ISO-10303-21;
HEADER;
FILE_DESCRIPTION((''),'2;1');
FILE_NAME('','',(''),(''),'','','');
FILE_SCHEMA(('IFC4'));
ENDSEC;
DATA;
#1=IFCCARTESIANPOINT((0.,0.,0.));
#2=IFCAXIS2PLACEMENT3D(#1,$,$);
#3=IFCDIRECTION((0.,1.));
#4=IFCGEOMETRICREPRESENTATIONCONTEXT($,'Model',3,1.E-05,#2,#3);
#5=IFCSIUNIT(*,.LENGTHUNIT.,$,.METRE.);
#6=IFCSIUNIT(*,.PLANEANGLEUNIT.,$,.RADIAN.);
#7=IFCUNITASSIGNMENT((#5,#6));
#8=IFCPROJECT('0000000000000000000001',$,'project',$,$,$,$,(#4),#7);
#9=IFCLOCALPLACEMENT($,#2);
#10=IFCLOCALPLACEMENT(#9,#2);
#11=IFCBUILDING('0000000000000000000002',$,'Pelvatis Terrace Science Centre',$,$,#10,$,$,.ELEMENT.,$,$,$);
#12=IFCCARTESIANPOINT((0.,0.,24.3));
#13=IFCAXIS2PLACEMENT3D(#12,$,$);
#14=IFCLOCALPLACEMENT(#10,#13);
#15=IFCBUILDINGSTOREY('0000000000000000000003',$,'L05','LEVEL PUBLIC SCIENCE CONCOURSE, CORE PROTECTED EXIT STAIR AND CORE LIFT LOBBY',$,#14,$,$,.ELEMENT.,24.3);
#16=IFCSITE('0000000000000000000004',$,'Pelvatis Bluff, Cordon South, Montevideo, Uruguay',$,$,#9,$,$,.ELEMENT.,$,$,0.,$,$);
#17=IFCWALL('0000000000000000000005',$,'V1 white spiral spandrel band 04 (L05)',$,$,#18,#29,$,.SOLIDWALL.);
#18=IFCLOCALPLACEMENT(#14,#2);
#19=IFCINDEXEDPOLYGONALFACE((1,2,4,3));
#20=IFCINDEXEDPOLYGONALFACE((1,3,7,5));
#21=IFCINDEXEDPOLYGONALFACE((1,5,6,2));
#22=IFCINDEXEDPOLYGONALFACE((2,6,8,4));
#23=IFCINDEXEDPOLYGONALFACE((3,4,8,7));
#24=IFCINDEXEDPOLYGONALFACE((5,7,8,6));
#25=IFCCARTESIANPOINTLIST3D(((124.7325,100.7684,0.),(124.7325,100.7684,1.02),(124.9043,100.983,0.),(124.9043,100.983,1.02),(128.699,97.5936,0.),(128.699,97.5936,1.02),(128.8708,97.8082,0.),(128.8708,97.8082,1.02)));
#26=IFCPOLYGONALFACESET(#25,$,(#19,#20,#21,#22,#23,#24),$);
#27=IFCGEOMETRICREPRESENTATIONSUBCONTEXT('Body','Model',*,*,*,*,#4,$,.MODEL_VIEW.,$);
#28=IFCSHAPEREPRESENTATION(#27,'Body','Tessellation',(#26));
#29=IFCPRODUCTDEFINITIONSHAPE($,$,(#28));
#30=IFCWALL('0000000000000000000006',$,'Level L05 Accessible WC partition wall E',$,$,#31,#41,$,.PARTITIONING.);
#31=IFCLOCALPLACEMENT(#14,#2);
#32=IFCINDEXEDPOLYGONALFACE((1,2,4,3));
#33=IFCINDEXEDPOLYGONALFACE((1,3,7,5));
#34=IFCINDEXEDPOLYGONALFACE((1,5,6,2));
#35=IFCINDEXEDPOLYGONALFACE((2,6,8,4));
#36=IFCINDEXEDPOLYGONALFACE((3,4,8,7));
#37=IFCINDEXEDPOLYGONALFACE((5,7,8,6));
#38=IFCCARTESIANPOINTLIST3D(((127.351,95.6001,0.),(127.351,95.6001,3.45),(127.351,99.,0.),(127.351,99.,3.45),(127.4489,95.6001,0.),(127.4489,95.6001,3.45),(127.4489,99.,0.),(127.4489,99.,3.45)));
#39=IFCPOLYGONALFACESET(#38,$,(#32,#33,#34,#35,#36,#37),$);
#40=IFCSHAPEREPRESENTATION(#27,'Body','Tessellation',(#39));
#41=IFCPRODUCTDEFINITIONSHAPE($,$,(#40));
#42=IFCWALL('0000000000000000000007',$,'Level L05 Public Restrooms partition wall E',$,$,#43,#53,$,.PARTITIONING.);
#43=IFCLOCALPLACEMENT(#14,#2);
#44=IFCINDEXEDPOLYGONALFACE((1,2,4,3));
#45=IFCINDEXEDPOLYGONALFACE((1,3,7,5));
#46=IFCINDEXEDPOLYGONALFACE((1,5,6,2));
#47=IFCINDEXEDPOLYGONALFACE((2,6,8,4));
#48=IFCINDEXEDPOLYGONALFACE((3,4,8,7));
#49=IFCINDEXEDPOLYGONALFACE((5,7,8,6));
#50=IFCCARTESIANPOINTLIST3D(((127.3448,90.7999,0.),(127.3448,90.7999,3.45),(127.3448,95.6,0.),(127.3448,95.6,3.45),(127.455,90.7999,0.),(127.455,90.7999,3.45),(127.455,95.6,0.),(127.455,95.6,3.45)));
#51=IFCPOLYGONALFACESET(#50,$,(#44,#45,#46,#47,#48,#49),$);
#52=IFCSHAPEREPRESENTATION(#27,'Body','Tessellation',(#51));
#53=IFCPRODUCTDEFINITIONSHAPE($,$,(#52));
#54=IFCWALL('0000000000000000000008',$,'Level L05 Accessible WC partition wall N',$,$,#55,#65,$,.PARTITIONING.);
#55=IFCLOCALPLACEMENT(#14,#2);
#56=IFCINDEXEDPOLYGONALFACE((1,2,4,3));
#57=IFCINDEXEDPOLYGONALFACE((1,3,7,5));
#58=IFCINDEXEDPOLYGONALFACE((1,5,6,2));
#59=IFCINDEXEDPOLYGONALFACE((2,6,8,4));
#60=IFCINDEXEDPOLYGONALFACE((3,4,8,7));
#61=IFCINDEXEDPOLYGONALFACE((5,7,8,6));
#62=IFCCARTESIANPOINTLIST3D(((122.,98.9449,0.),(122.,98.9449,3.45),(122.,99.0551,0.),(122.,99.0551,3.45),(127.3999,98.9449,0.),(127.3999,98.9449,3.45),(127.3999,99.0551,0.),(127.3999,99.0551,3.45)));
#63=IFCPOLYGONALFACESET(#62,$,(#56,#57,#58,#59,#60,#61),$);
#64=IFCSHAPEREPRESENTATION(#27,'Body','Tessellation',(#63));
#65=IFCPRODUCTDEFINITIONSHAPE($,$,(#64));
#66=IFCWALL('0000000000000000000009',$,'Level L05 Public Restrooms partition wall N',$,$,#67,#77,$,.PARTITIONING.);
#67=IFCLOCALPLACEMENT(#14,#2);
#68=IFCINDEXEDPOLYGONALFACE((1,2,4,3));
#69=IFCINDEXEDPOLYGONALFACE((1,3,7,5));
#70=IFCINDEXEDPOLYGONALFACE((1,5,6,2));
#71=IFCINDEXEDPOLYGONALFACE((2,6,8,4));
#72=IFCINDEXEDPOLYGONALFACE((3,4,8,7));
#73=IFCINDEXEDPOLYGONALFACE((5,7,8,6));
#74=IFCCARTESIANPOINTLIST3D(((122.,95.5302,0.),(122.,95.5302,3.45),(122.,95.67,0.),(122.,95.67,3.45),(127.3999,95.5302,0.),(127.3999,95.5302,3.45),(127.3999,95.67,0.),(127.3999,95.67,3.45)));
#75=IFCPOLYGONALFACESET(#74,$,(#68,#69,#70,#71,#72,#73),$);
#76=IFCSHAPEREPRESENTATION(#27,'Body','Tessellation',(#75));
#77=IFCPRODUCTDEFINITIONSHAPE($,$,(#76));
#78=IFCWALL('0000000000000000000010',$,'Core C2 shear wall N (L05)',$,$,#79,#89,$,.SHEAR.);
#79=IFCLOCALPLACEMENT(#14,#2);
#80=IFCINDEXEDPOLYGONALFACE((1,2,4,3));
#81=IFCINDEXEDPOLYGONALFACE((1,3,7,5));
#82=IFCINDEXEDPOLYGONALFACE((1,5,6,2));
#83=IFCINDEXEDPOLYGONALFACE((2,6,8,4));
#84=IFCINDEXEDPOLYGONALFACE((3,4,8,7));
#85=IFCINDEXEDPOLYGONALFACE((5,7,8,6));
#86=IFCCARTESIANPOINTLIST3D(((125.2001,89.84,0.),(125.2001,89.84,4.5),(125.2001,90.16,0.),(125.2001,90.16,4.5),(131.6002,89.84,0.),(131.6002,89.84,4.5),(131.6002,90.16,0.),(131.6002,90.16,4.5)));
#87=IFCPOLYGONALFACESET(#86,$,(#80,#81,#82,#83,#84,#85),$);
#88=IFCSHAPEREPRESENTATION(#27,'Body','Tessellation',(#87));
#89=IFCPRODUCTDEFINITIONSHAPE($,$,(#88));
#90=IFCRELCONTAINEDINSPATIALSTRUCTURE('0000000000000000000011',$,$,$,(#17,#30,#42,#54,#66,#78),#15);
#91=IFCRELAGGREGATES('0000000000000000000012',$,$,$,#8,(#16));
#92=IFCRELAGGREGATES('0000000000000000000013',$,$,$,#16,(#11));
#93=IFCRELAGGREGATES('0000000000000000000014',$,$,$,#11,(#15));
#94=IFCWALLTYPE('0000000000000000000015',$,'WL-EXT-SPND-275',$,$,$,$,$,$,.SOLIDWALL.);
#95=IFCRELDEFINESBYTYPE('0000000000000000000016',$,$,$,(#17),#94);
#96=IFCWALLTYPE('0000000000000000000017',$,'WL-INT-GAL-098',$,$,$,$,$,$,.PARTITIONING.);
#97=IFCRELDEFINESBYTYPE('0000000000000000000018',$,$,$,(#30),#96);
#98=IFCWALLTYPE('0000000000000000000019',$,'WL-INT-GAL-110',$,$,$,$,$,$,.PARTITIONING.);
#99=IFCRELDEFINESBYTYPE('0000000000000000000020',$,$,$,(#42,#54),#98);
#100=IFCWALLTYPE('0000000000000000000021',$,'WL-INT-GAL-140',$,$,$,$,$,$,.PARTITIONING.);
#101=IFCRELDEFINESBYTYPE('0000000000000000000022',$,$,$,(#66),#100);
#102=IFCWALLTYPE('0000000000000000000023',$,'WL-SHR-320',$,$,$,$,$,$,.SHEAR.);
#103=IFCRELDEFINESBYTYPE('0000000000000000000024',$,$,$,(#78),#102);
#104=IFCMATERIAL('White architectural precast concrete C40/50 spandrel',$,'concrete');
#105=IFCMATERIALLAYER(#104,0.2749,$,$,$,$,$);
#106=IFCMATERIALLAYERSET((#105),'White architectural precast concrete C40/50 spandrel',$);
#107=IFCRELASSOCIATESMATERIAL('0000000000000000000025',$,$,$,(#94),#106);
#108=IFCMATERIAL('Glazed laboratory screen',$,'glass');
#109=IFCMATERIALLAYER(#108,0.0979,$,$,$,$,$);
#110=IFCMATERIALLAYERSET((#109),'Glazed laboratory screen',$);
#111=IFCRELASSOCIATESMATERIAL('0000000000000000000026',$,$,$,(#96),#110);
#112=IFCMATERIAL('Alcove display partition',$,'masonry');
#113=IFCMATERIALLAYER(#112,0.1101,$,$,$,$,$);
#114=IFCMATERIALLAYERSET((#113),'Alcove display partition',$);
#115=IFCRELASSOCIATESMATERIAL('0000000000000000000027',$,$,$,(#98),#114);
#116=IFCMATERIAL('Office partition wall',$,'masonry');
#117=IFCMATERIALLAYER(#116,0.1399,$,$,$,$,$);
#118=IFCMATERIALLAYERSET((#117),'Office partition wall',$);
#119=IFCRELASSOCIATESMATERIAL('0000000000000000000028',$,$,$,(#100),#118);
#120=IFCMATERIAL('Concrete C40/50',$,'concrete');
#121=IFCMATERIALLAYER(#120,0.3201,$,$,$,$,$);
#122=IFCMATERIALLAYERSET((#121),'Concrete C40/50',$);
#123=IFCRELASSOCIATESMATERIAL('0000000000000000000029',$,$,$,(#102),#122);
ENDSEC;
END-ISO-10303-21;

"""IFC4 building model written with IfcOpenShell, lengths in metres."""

from ifc_helpers import new_model, si_unit, direction, frame, frame_2d, origin, place, context, subcontext, project, spatial, rectangle, extrude, material, layer, layer_set, type_object, element, save


model = new_model("IFC4")

# Units and contexts
model_context = context("Model", 3, precision=1e-05, world=origin(), true_north=direction((0.0, 1.0)))
body_context = subcontext(model_context, "Body", "Model", "MODEL_VIEW")
ifc_project = project(units=[si_unit("LENGTHUNIT", "METRE"), si_unit("PLANEANGLEUNIT", "RADIAN")], contexts=[model_context])

# Site, building, storey
site_placement = place(None, origin())
site = spatial("IfcSite", under=ifc_project, at=site_placement, Name="Pelvatis Bluff, Cordon South, Montevideo, Uruguay", CompositionType="ELEMENT", RefElevation=0.0)
building_placement = place(site_placement, origin())
building = spatial("IfcBuilding", under=site, at=building_placement, Name="Pelvatis Terrace Science Centre", CompositionType="ELEMENT")
storey_placement = place(building_placement, frame((0.0, 0.0, 24.3)))
storey = spatial("IfcBuildingStorey", under=building, at=storey_placement, Name="L05", Description="LEVEL PUBLIC SCIENCE CONCOURSE, CORE PROTECTED EXIT STAIR AND CORE LIFT LOBBY", CompositionType="ELEMENT", Elevation=24.3)

# Walls
ifc_material_1 = material(Name="White architectural precast concrete C40/50 spandrel", Category="concrete")
ifc_layer_1 = layer(ifc_material_1, 0.2749)
ifc_layer_set_1 = layer_set([ifc_layer_1], Name="White architectural precast concrete C40/50 spandrel")
wall_type_1 = type_object("IfcWallType", Name="WL-EXT-SPND-275", PredefinedType="SOLIDWALL", material=ifc_layer_set_1)
wall_1_placement = place(storey_placement, frame((128.7849, 97.7009, 0.0), z_axis=(0.0, 0.0, 1.0), x_axis=(-0.780719, 0.624883, 0.0)))
element("IfcWall", 1, at=wall_1_placement, inside=storey, type_object=wall_type_1, Name="V1 white spiral spandrel band 04 (L05)", PredefinedType="SOLIDWALL", context=body_context, shape_type="SweptSolid", body=[
    extrude(rectangle(XDim=5.0806, YDim=0.2749, at=frame_2d((2.5403, 0.0))), origin(), (0.0, 0.0, 1.0), 1.02),
])
ifc_material_2 = material(Name="Glazed laboratory screen", Category="glass")
ifc_layer_2 = layer(ifc_material_2, 0.0979)
ifc_layer_set_2 = layer_set([ifc_layer_2], Name="Glazed laboratory screen")
wall_type_2 = type_object("IfcWallType", Name="WL-INT-GAL-098", PredefinedType="PARTITIONING", material=ifc_layer_set_2)
wall_2_placement = place(storey_placement, frame((127.3999, 95.6001, 0.0), z_axis=(0.0, 0.0, 1.0), x_axis=(0.0, 1.0, 0.0)))
element("IfcWall", 2, at=wall_2_placement, inside=storey, type_object=wall_type_2, Name="Level L05 Accessible WC partition wall E", PredefinedType="PARTITIONING", context=body_context, shape_type="SweptSolid", body=[
    extrude(rectangle(XDim=3.3999, YDim=0.0979, at=frame_2d((1.7, 0.0))), origin(), (0.0, 0.0, 1.0), 3.45),
])
ifc_material_3 = material(Name="Alcove display partition", Category="masonry")
ifc_layer_3 = layer(ifc_material_3, 0.1101)
ifc_layer_set_3 = layer_set([ifc_layer_3], Name="Alcove display partition")
wall_type_3 = type_object("IfcWallType", Name="WL-INT-GAL-110", PredefinedType="PARTITIONING", material=ifc_layer_set_3)
wall_3_placement = place(storey_placement, frame((127.3999, 90.8, 0.0), z_axis=(0.0, 0.0, 1.0), x_axis=(0.0, 1.0, 0.0)))
element("IfcWall", 3, at=wall_3_placement, inside=storey, type_object=wall_type_3, Name="Level L05 Public Restrooms partition wall E", PredefinedType="PARTITIONING", context=body_context, shape_type="SweptSolid", body=[
    extrude(rectangle(XDim=4.8, YDim=0.1101, at=frame_2d((2.3999, 0.0))), origin(), (0.0, 0.0, 1.0), 3.45),
])
wall_4_placement = place(storey_placement, frame((127.3999, 99.0, 0.0), z_axis=(0.0, 0.0, 1.0), x_axis=(-1.0, 0.0, 0.0)))
element("IfcWall", 4, at=wall_4_placement, inside=storey, type_object=wall_type_3, Name="Level L05 Accessible WC partition wall N", PredefinedType="PARTITIONING", context=body_context, shape_type="SweptSolid", body=[
    extrude(rectangle(XDim=5.3999, YDim=0.1101, at=frame_2d((2.7, 0.0))), origin(), (0.0, 0.0, 1.0), 3.45),
])
ifc_material_4 = material(Name="Office partition wall", Category="masonry")
ifc_layer_4 = layer(ifc_material_4, 0.1399)
ifc_layer_set_4 = layer_set([ifc_layer_4], Name="Office partition wall")
wall_type_4 = type_object("IfcWallType", Name="WL-INT-GAL-140", PredefinedType="PARTITIONING", material=ifc_layer_set_4)
wall_5_placement = place(storey_placement, frame((127.3999, 95.6001, 0.0), z_axis=(0.0, 0.0, 1.0), x_axis=(-1.0, 0.0, 0.0)))
element("IfcWall", 5, at=wall_5_placement, inside=storey, type_object=wall_type_4, Name="Level L05 Public Restrooms partition wall N", PredefinedType="PARTITIONING", context=body_context, shape_type="SweptSolid", body=[
    extrude(rectangle(XDim=5.3999, YDim=0.1399, at=frame_2d((2.7, 0.0))), origin(), (0.0, 0.0, 1.0), 3.45),
])
ifc_material_5 = material(Name="Concrete C40/50", Category="concrete")
ifc_layer_5 = layer(ifc_material_5, 0.3201)
ifc_layer_set_5 = layer_set([ifc_layer_5], Name="Concrete C40/50")
wall_type_5 = type_object("IfcWallType", Name="WL-SHR-320", PredefinedType="SHEAR", material=ifc_layer_set_5)
wall_6_placement = place(storey_placement, frame((125.2, 90.0, 0.0), z_axis=(0.0, 0.0, 1.0), x_axis=(1.0, 0.0, 0.0)))
element("IfcWall", 6, at=wall_6_placement, inside=storey, type_object=wall_type_5, Name="Core C2 shear wall N (L05)", PredefinedType="SHEAR", context=body_context, shape_type="SweptSolid", body=[
    extrude(rectangle(XDim=6.4001, YDim=0.3201, at=frame_2d((3.2002, 0.0))), origin(), (0.0, 0.0, 1.0), 4.5),
])

save(model, "model.ifc")
